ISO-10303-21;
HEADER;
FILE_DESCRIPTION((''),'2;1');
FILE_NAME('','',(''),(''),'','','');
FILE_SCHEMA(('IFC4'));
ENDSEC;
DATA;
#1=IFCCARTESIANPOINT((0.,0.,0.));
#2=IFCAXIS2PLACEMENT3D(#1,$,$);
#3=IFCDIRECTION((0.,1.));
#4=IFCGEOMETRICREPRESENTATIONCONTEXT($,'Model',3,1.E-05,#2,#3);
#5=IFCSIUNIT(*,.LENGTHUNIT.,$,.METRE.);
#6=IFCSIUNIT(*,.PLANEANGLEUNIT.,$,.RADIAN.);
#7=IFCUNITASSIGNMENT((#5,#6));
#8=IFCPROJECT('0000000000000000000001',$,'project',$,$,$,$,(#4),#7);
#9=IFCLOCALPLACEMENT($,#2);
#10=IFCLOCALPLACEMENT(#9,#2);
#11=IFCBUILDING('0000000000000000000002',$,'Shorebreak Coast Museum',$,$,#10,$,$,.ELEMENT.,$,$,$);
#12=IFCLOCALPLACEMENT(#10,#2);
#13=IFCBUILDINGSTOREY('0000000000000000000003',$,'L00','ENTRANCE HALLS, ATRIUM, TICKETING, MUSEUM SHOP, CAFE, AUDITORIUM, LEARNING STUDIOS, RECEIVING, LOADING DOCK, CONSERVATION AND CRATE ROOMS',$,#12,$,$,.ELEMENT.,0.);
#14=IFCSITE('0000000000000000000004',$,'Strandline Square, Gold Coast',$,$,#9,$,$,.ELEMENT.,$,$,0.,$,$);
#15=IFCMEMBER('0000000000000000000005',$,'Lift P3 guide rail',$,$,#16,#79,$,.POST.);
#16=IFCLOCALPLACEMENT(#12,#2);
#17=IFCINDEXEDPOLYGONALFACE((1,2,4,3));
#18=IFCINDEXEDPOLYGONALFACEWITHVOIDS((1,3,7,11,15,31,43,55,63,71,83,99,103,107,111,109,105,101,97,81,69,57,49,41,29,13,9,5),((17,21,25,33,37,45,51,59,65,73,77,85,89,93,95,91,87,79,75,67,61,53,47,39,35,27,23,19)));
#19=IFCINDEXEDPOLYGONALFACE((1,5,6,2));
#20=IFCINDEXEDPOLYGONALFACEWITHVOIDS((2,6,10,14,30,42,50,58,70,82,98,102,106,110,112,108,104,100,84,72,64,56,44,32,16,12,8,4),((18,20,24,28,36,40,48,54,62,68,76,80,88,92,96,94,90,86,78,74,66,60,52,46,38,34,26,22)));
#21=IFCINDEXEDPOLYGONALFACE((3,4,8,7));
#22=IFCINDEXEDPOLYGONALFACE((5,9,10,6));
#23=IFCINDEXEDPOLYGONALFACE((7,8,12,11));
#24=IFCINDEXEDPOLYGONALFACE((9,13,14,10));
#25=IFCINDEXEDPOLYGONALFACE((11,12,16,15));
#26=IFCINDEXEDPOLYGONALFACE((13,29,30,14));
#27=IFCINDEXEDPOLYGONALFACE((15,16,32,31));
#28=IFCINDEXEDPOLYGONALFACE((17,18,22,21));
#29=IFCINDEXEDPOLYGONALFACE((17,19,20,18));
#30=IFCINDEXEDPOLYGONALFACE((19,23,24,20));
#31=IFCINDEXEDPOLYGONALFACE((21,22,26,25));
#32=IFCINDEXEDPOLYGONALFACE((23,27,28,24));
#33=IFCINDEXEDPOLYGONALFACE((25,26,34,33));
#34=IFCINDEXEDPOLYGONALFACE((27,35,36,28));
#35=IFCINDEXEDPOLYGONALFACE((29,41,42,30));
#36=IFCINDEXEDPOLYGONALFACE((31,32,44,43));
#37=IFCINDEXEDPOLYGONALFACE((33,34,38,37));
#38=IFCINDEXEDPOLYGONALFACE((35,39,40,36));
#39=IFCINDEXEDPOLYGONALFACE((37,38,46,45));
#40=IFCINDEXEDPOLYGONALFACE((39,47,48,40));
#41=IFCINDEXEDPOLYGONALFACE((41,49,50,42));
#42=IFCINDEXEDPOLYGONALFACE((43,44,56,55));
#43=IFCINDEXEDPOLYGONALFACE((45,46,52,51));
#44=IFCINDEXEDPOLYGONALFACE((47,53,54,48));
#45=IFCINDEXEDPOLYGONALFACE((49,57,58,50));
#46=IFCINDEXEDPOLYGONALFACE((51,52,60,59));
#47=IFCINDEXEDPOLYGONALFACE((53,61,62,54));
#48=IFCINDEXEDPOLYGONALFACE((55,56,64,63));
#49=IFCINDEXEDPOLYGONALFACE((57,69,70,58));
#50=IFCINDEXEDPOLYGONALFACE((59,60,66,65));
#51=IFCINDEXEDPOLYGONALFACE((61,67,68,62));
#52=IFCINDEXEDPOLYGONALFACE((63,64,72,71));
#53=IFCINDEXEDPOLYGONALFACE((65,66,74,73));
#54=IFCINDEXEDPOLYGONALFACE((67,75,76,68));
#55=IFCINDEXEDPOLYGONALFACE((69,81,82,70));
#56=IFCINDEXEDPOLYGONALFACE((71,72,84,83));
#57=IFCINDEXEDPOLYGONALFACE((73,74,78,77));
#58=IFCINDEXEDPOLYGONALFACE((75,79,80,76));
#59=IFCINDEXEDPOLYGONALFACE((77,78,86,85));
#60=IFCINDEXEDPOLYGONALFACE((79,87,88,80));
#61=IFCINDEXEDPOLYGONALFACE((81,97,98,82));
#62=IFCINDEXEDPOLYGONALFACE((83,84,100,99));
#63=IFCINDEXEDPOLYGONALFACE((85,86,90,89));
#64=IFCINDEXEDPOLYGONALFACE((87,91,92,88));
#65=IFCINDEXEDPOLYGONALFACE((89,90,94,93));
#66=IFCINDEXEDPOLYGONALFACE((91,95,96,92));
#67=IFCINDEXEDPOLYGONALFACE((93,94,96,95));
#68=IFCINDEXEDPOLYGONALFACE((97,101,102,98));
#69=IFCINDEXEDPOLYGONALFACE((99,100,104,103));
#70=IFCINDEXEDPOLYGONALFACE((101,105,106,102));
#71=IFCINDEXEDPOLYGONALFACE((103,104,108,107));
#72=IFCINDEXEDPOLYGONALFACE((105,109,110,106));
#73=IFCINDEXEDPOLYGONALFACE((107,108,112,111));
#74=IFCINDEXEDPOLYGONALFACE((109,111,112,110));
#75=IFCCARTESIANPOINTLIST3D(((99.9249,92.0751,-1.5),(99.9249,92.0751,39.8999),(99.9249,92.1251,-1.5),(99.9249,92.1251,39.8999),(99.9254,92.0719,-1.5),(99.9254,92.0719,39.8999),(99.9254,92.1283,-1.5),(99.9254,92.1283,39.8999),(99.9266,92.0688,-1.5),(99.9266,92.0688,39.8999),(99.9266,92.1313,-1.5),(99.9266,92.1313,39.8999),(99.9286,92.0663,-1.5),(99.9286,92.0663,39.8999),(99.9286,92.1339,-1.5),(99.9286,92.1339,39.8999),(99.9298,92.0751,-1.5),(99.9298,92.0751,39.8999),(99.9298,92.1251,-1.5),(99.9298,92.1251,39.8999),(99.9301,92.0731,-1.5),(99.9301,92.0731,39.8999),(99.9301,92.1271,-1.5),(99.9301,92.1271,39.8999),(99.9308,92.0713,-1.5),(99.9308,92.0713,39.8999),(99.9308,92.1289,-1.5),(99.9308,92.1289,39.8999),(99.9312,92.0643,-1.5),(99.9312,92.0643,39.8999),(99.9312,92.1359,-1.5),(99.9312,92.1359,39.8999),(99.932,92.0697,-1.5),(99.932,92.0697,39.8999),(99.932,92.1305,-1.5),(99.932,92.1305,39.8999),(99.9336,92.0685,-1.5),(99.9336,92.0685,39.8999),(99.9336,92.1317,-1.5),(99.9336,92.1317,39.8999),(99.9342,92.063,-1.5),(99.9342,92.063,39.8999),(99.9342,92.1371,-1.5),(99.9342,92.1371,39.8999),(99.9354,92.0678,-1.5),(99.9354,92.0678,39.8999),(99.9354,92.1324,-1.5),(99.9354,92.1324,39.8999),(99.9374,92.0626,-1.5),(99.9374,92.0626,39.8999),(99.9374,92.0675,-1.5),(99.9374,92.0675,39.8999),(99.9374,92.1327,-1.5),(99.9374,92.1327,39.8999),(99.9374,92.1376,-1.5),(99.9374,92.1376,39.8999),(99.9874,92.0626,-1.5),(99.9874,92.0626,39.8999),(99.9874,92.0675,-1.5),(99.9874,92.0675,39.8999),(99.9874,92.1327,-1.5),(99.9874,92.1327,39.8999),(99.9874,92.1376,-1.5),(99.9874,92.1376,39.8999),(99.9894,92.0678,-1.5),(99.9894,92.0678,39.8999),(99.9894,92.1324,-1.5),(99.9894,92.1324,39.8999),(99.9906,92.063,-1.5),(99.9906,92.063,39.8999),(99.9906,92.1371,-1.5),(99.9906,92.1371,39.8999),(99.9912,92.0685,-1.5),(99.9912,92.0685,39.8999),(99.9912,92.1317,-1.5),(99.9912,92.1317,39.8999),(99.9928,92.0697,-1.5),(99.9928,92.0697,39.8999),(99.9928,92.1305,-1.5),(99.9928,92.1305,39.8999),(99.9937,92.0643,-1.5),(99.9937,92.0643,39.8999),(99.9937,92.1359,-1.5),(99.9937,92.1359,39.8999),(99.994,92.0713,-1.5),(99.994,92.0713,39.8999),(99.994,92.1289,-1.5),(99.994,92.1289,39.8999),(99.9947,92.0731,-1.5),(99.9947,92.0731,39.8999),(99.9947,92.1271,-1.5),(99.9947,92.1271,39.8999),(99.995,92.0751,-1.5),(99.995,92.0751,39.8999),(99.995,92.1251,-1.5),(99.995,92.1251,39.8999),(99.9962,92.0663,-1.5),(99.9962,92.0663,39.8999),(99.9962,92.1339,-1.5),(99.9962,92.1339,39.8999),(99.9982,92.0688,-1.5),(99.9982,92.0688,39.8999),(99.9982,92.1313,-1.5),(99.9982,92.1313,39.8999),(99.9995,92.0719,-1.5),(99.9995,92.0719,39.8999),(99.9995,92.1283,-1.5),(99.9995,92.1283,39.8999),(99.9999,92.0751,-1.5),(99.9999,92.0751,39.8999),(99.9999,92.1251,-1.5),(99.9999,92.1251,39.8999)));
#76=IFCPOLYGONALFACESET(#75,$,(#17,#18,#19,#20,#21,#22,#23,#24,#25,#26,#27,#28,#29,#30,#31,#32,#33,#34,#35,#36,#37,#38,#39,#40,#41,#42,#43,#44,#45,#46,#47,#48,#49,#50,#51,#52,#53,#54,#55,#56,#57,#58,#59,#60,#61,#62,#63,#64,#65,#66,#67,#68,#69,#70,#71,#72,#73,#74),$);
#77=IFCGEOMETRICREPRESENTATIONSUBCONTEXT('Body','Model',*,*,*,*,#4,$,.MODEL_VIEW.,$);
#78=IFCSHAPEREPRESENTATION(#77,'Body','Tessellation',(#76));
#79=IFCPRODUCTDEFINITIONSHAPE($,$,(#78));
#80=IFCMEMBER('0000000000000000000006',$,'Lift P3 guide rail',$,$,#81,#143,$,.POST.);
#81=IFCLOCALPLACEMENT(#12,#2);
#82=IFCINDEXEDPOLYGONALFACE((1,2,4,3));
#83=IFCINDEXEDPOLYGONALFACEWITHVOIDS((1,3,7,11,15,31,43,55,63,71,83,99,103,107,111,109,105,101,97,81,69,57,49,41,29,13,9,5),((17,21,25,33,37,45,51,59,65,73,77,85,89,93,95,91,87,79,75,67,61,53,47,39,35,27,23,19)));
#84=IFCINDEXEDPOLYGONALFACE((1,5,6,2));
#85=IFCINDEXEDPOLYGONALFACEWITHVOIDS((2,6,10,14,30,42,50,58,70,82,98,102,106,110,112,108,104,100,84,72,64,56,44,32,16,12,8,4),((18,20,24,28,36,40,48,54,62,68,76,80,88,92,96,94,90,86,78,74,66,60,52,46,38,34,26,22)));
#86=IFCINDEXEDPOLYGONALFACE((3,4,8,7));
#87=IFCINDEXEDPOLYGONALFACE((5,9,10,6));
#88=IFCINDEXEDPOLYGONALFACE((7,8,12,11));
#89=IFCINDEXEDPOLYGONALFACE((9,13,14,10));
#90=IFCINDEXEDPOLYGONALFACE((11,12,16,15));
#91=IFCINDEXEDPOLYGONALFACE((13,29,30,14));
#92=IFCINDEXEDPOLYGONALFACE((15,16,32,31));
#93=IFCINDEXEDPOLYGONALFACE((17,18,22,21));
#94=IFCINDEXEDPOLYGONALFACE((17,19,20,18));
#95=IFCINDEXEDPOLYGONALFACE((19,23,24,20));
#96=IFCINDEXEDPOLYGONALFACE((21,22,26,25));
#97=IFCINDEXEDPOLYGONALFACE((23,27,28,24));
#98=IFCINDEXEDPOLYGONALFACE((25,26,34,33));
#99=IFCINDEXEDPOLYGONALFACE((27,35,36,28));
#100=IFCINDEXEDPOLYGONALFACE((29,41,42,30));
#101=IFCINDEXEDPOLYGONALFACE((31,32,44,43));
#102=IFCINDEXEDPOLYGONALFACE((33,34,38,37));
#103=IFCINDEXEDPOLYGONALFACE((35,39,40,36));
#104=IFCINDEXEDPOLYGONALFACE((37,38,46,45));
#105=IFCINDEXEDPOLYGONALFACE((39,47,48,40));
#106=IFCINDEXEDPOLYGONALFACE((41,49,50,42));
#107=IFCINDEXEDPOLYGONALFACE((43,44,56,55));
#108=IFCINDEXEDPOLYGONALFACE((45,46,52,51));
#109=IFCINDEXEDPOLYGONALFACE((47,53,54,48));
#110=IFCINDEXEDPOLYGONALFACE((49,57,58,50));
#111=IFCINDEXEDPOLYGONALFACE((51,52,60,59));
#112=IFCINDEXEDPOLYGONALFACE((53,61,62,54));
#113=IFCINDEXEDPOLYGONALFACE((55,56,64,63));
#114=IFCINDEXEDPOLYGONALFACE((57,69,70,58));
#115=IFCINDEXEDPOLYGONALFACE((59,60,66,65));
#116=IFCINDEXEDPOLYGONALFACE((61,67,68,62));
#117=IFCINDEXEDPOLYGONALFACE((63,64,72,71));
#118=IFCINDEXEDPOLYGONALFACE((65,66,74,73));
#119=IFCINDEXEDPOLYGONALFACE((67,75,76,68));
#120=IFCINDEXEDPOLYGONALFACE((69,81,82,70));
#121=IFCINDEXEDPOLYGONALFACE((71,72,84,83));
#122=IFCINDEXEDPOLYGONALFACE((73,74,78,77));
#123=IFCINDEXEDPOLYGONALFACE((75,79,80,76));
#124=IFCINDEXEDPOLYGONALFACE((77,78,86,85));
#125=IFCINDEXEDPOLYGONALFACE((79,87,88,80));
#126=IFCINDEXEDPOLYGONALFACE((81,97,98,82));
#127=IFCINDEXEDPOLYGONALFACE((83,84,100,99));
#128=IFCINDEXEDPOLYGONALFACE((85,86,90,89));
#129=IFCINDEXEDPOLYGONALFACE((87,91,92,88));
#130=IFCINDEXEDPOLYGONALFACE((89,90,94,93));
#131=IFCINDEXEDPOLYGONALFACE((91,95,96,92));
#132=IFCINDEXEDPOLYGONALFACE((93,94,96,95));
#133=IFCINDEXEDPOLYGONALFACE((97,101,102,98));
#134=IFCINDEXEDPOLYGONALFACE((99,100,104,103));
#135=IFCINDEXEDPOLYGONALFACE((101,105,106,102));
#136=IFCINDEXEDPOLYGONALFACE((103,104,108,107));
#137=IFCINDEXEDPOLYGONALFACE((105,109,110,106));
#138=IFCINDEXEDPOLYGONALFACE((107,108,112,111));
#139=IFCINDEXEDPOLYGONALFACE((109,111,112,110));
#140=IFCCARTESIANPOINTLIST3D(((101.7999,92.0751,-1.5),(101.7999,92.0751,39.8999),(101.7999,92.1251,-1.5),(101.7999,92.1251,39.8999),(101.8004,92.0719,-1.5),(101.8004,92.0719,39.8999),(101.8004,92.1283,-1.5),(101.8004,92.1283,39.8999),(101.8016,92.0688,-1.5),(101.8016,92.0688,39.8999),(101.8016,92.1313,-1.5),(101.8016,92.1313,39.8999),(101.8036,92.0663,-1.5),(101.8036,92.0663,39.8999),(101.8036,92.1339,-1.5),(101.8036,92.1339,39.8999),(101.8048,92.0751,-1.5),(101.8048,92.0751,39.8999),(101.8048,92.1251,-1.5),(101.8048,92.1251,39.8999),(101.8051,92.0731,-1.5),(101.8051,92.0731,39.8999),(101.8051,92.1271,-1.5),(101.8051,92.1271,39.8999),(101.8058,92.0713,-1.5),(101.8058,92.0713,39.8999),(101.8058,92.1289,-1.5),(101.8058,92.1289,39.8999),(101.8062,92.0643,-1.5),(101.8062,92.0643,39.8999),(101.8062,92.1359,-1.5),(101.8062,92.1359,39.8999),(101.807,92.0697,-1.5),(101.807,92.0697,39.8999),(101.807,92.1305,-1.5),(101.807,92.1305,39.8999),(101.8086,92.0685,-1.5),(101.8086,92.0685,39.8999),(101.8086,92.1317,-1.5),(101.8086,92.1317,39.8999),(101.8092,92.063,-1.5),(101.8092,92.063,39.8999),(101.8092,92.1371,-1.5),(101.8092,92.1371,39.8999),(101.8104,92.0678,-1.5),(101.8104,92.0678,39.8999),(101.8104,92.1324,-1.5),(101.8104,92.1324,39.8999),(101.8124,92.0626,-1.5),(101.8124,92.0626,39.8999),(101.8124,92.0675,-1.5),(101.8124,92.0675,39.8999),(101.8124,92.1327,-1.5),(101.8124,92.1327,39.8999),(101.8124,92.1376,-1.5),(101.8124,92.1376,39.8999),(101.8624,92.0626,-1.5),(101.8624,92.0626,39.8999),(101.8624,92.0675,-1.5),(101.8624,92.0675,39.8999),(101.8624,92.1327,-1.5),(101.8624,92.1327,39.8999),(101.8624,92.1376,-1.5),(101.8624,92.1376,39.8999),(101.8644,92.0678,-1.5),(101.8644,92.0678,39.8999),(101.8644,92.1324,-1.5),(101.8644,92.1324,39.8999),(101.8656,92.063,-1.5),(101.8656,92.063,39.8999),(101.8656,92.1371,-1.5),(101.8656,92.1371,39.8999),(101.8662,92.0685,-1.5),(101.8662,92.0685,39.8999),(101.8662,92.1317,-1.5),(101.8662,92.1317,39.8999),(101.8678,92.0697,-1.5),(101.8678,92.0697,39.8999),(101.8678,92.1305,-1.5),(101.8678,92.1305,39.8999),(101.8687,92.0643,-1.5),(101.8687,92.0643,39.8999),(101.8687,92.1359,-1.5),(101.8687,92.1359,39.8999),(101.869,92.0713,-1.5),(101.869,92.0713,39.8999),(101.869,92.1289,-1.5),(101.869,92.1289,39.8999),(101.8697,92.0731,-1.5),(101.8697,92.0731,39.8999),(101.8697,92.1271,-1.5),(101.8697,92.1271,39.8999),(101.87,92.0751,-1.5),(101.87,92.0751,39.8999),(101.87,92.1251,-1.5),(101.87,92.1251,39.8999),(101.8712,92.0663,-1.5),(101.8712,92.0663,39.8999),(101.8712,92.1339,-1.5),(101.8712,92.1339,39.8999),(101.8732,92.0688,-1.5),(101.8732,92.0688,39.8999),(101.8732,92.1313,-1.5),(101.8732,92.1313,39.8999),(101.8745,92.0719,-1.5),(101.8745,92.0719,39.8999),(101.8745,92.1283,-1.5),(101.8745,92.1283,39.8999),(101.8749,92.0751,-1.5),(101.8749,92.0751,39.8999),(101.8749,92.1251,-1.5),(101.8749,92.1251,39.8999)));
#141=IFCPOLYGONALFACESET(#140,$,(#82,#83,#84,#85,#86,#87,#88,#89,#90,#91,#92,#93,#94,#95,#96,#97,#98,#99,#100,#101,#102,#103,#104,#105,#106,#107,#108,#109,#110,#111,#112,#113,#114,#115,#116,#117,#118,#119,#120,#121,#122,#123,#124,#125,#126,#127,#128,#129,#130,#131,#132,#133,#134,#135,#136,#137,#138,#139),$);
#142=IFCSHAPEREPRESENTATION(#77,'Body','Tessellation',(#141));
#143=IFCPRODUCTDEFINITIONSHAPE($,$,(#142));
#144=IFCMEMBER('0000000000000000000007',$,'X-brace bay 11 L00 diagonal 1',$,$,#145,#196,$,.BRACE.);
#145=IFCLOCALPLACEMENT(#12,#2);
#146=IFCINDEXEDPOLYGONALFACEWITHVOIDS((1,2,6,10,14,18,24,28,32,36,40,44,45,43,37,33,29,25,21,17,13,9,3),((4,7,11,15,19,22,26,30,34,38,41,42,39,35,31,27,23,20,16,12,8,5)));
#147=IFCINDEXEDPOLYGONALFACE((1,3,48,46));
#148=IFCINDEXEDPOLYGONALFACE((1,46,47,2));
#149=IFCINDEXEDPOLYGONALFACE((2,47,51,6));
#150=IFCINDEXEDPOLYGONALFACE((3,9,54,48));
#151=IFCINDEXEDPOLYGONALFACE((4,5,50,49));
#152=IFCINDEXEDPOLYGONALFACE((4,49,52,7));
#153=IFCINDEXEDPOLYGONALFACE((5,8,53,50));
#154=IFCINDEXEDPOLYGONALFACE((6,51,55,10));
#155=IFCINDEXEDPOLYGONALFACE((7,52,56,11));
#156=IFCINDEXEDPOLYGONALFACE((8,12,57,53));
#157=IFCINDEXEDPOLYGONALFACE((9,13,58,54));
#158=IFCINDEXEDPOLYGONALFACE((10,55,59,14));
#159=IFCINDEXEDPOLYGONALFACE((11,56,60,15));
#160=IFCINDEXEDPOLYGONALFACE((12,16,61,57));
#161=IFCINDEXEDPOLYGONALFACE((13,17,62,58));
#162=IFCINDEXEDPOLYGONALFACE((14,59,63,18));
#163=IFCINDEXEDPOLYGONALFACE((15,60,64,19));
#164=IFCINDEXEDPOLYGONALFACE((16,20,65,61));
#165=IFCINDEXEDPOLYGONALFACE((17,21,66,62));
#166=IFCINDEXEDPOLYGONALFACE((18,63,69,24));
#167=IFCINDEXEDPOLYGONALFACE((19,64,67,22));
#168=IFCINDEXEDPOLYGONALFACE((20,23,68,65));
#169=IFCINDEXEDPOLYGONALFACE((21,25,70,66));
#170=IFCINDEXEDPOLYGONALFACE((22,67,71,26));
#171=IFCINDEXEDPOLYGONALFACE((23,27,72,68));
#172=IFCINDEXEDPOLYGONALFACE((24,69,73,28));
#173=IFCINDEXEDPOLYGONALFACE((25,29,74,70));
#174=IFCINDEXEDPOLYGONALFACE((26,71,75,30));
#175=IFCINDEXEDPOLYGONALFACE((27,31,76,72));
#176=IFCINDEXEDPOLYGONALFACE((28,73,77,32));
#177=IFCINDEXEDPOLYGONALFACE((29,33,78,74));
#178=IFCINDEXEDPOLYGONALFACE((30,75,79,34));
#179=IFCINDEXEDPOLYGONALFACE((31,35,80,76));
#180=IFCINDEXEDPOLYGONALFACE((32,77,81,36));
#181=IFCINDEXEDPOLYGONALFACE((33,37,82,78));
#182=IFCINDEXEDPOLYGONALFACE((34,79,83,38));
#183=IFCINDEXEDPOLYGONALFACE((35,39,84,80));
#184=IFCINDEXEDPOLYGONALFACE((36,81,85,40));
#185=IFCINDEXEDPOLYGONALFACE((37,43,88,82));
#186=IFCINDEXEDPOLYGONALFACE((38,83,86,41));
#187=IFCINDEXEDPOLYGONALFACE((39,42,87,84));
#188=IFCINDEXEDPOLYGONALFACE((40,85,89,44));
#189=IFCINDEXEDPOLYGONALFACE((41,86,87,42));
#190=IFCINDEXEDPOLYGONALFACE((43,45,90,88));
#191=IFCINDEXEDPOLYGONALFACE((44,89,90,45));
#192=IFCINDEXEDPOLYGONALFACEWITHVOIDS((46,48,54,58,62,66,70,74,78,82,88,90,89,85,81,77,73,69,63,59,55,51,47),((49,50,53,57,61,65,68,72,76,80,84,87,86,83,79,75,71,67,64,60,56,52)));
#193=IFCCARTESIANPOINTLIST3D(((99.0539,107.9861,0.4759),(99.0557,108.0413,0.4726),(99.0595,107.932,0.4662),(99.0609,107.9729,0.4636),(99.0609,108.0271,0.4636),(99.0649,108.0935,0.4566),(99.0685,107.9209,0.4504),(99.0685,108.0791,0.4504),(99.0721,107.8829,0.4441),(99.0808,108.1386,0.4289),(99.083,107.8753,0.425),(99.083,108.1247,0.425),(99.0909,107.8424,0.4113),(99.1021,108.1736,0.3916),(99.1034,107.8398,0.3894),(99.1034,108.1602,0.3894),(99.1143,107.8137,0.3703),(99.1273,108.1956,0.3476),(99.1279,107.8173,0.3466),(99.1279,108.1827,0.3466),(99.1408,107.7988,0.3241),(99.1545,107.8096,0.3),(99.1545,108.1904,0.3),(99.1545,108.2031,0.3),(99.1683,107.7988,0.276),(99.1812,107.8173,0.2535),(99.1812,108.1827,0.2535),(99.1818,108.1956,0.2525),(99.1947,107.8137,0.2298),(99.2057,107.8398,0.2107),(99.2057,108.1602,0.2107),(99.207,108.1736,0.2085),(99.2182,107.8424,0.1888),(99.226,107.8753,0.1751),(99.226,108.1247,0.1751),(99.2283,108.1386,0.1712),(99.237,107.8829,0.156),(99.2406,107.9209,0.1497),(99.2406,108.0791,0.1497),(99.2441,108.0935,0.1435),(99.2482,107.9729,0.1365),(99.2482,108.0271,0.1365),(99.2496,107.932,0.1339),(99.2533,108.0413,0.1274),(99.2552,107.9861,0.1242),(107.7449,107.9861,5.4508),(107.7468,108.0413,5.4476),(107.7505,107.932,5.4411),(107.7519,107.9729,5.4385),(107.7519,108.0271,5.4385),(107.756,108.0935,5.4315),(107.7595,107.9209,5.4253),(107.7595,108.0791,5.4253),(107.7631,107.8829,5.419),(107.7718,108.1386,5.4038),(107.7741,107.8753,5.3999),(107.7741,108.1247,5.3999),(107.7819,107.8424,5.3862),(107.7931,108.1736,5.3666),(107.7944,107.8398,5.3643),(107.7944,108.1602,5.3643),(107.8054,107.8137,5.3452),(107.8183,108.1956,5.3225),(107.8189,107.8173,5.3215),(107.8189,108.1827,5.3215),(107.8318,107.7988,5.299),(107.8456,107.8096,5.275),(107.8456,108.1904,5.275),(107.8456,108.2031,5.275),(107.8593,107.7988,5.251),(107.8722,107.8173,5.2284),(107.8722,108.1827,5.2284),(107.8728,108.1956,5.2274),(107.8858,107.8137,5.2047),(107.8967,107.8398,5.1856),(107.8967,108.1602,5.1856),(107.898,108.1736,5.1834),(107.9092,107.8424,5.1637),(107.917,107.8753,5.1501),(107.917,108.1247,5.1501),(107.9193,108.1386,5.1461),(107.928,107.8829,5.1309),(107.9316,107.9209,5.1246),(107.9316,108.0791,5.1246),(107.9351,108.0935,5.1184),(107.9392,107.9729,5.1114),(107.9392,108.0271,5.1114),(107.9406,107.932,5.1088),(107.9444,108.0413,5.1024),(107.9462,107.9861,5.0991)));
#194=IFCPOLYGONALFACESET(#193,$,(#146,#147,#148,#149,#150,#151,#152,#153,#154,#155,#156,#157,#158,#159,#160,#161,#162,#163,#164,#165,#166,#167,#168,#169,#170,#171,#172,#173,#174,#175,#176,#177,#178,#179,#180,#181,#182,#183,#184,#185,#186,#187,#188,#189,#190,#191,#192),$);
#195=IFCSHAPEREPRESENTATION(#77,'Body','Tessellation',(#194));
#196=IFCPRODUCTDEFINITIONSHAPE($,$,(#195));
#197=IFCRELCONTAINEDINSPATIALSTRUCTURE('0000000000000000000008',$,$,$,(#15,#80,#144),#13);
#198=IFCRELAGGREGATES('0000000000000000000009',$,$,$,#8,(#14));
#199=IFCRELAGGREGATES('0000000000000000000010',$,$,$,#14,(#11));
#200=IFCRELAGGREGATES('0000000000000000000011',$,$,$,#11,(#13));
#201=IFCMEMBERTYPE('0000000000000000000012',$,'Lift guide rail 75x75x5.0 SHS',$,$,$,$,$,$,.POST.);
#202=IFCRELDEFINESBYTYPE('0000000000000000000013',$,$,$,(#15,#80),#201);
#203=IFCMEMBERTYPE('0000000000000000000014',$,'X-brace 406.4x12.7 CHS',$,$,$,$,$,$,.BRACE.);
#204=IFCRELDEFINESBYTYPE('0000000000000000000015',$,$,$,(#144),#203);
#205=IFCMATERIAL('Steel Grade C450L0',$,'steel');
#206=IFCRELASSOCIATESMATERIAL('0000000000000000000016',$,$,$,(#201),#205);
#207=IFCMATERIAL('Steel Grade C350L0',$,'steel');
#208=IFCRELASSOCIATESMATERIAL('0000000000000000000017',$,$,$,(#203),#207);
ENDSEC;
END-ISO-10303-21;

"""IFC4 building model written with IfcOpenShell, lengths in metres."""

from ifc_helpers import new_model, si_unit, direction, frame, origin, origin_2d, place, context, subcontext, project, spatial, hollow_rectangle, hollow_circle, extrude, material, material_profile, profile_set, type_object, element, save


model = new_model("IFC4")

# Units and contexts
model_context = context("Model", 3, precision=1e-05, world=origin(), true_north=direction((0.0, 1.0)))
body_context = subcontext(model_context, "Body", "Model", "MODEL_VIEW")
ifc_project = project(units=[si_unit("LENGTHUNIT", "METRE"), si_unit("PLANEANGLEUNIT", "RADIAN")], contexts=[model_context])

# Site, building, storey
site_placement = place(None, origin())
site = spatial("IfcSite", under=ifc_project, at=site_placement, Name="Strandline Square, Gold Coast", CompositionType="ELEMENT", RefElevation=0.0)
building_placement = place(site_placement, origin())
building = spatial("IfcBuilding", under=site, at=building_placement, Name="Shorebreak Coast Museum", CompositionType="ELEMENT")
storey_placement = place(building_placement, origin())
storey = spatial("IfcBuildingStorey", under=building, at=storey_placement, Name="L00", Description="ENTRANCE HALLS, ATRIUM, TICKETING, MUSEUM SHOP, CAFE, AUDITORIUM, LEARNING STUDIOS, RECEIVING, LOADING DOCK, CONSERVATION AND CRATE ROOMS", CompositionType="ELEMENT", Elevation=0.0)

# Members
ifc_material_1 = material(Name="Steel Grade C450L0", Category="steel")
ifc_material_profile_1 = material_profile(ifc_material_1, hollow_rectangle(XDim=0.075, YDim=0.075, WallThickness=0.0049, InnerFilletRadius=0.0076, OuterFilletRadius=0.0125, at=origin_2d()), Name="75x75x5.0 SHS")
ifc_profile_set_1 = profile_set([ifc_material_profile_1], Name="Steel Grade C450L0")
member_type_1 = type_object("IfcMemberType", Name="Lift guide rail 75x75x5.0 SHS", PredefinedType="POST", material=ifc_profile_set_1)
for number, where, z_axis, x_axis, name in (
    (1, (99.9624, 92.1001, -1.5), (0.0, 0.0, 1.0), (1.0, 0.0, 0.0), "Lift P3 guide rail"),
    (2, (101.8374, 92.1001, -1.5), (0.0, 0.0, 1.0), (1.0, 0.0, 0.0), "Lift P3 guide rail"),
):
    element("IfcMember", number, at=place(storey_placement, frame(where, z_axis=z_axis, x_axis=x_axis)), inside=storey, type_object=member_type_1, Name=name, PredefinedType="POST", context=body_context, shape_type="SweptSolid", body=[
        extrude(hollow_rectangle(XDim=0.075, YDim=0.075, WallThickness=0.0049, InnerFilletRadius=0.0076, OuterFilletRadius=0.0125, at=origin_2d()), origin(), (0.0, 0.0, 1.0), 41.3999),
    ])
ifc_material_2 = material(Name="Steel Grade C350L0", Category="steel")
ifc_material_profile_2 = material_profile(ifc_material_2, hollow_circle(Radius=0.2031, WallThickness=0.0127, at=origin_2d()), Name="406.4x12.7 CHS")
ifc_profile_set_2 = profile_set([ifc_material_profile_2], Name="Steel Grade C350L0")
member_type_2 = type_object("IfcMemberType", Name="X-brace 406.4x12.7 CHS", PredefinedType="BRACE", material=ifc_profile_set_2)
member_placement = place(storey_placement, frame((99.1545, 108.0, 0.3), z_axis=(0.867872, 0.0, 0.496787), x_axis=(0.0, 1.0, 0.0)))
element("IfcMember", 3, at=member_placement, inside=storey, type_object=member_type_2, Name="X-brace bay 11 L00 diagonal 1", PredefinedType="BRACE", context=body_context, shape_type="SweptSolid", body=[
    extrude(hollow_circle(Radius=0.2031, WallThickness=0.0127, at=origin_2d()), origin(), (0.0, 0.0, 1.0), 10.0142),
])

save(model, "model.ifc")
